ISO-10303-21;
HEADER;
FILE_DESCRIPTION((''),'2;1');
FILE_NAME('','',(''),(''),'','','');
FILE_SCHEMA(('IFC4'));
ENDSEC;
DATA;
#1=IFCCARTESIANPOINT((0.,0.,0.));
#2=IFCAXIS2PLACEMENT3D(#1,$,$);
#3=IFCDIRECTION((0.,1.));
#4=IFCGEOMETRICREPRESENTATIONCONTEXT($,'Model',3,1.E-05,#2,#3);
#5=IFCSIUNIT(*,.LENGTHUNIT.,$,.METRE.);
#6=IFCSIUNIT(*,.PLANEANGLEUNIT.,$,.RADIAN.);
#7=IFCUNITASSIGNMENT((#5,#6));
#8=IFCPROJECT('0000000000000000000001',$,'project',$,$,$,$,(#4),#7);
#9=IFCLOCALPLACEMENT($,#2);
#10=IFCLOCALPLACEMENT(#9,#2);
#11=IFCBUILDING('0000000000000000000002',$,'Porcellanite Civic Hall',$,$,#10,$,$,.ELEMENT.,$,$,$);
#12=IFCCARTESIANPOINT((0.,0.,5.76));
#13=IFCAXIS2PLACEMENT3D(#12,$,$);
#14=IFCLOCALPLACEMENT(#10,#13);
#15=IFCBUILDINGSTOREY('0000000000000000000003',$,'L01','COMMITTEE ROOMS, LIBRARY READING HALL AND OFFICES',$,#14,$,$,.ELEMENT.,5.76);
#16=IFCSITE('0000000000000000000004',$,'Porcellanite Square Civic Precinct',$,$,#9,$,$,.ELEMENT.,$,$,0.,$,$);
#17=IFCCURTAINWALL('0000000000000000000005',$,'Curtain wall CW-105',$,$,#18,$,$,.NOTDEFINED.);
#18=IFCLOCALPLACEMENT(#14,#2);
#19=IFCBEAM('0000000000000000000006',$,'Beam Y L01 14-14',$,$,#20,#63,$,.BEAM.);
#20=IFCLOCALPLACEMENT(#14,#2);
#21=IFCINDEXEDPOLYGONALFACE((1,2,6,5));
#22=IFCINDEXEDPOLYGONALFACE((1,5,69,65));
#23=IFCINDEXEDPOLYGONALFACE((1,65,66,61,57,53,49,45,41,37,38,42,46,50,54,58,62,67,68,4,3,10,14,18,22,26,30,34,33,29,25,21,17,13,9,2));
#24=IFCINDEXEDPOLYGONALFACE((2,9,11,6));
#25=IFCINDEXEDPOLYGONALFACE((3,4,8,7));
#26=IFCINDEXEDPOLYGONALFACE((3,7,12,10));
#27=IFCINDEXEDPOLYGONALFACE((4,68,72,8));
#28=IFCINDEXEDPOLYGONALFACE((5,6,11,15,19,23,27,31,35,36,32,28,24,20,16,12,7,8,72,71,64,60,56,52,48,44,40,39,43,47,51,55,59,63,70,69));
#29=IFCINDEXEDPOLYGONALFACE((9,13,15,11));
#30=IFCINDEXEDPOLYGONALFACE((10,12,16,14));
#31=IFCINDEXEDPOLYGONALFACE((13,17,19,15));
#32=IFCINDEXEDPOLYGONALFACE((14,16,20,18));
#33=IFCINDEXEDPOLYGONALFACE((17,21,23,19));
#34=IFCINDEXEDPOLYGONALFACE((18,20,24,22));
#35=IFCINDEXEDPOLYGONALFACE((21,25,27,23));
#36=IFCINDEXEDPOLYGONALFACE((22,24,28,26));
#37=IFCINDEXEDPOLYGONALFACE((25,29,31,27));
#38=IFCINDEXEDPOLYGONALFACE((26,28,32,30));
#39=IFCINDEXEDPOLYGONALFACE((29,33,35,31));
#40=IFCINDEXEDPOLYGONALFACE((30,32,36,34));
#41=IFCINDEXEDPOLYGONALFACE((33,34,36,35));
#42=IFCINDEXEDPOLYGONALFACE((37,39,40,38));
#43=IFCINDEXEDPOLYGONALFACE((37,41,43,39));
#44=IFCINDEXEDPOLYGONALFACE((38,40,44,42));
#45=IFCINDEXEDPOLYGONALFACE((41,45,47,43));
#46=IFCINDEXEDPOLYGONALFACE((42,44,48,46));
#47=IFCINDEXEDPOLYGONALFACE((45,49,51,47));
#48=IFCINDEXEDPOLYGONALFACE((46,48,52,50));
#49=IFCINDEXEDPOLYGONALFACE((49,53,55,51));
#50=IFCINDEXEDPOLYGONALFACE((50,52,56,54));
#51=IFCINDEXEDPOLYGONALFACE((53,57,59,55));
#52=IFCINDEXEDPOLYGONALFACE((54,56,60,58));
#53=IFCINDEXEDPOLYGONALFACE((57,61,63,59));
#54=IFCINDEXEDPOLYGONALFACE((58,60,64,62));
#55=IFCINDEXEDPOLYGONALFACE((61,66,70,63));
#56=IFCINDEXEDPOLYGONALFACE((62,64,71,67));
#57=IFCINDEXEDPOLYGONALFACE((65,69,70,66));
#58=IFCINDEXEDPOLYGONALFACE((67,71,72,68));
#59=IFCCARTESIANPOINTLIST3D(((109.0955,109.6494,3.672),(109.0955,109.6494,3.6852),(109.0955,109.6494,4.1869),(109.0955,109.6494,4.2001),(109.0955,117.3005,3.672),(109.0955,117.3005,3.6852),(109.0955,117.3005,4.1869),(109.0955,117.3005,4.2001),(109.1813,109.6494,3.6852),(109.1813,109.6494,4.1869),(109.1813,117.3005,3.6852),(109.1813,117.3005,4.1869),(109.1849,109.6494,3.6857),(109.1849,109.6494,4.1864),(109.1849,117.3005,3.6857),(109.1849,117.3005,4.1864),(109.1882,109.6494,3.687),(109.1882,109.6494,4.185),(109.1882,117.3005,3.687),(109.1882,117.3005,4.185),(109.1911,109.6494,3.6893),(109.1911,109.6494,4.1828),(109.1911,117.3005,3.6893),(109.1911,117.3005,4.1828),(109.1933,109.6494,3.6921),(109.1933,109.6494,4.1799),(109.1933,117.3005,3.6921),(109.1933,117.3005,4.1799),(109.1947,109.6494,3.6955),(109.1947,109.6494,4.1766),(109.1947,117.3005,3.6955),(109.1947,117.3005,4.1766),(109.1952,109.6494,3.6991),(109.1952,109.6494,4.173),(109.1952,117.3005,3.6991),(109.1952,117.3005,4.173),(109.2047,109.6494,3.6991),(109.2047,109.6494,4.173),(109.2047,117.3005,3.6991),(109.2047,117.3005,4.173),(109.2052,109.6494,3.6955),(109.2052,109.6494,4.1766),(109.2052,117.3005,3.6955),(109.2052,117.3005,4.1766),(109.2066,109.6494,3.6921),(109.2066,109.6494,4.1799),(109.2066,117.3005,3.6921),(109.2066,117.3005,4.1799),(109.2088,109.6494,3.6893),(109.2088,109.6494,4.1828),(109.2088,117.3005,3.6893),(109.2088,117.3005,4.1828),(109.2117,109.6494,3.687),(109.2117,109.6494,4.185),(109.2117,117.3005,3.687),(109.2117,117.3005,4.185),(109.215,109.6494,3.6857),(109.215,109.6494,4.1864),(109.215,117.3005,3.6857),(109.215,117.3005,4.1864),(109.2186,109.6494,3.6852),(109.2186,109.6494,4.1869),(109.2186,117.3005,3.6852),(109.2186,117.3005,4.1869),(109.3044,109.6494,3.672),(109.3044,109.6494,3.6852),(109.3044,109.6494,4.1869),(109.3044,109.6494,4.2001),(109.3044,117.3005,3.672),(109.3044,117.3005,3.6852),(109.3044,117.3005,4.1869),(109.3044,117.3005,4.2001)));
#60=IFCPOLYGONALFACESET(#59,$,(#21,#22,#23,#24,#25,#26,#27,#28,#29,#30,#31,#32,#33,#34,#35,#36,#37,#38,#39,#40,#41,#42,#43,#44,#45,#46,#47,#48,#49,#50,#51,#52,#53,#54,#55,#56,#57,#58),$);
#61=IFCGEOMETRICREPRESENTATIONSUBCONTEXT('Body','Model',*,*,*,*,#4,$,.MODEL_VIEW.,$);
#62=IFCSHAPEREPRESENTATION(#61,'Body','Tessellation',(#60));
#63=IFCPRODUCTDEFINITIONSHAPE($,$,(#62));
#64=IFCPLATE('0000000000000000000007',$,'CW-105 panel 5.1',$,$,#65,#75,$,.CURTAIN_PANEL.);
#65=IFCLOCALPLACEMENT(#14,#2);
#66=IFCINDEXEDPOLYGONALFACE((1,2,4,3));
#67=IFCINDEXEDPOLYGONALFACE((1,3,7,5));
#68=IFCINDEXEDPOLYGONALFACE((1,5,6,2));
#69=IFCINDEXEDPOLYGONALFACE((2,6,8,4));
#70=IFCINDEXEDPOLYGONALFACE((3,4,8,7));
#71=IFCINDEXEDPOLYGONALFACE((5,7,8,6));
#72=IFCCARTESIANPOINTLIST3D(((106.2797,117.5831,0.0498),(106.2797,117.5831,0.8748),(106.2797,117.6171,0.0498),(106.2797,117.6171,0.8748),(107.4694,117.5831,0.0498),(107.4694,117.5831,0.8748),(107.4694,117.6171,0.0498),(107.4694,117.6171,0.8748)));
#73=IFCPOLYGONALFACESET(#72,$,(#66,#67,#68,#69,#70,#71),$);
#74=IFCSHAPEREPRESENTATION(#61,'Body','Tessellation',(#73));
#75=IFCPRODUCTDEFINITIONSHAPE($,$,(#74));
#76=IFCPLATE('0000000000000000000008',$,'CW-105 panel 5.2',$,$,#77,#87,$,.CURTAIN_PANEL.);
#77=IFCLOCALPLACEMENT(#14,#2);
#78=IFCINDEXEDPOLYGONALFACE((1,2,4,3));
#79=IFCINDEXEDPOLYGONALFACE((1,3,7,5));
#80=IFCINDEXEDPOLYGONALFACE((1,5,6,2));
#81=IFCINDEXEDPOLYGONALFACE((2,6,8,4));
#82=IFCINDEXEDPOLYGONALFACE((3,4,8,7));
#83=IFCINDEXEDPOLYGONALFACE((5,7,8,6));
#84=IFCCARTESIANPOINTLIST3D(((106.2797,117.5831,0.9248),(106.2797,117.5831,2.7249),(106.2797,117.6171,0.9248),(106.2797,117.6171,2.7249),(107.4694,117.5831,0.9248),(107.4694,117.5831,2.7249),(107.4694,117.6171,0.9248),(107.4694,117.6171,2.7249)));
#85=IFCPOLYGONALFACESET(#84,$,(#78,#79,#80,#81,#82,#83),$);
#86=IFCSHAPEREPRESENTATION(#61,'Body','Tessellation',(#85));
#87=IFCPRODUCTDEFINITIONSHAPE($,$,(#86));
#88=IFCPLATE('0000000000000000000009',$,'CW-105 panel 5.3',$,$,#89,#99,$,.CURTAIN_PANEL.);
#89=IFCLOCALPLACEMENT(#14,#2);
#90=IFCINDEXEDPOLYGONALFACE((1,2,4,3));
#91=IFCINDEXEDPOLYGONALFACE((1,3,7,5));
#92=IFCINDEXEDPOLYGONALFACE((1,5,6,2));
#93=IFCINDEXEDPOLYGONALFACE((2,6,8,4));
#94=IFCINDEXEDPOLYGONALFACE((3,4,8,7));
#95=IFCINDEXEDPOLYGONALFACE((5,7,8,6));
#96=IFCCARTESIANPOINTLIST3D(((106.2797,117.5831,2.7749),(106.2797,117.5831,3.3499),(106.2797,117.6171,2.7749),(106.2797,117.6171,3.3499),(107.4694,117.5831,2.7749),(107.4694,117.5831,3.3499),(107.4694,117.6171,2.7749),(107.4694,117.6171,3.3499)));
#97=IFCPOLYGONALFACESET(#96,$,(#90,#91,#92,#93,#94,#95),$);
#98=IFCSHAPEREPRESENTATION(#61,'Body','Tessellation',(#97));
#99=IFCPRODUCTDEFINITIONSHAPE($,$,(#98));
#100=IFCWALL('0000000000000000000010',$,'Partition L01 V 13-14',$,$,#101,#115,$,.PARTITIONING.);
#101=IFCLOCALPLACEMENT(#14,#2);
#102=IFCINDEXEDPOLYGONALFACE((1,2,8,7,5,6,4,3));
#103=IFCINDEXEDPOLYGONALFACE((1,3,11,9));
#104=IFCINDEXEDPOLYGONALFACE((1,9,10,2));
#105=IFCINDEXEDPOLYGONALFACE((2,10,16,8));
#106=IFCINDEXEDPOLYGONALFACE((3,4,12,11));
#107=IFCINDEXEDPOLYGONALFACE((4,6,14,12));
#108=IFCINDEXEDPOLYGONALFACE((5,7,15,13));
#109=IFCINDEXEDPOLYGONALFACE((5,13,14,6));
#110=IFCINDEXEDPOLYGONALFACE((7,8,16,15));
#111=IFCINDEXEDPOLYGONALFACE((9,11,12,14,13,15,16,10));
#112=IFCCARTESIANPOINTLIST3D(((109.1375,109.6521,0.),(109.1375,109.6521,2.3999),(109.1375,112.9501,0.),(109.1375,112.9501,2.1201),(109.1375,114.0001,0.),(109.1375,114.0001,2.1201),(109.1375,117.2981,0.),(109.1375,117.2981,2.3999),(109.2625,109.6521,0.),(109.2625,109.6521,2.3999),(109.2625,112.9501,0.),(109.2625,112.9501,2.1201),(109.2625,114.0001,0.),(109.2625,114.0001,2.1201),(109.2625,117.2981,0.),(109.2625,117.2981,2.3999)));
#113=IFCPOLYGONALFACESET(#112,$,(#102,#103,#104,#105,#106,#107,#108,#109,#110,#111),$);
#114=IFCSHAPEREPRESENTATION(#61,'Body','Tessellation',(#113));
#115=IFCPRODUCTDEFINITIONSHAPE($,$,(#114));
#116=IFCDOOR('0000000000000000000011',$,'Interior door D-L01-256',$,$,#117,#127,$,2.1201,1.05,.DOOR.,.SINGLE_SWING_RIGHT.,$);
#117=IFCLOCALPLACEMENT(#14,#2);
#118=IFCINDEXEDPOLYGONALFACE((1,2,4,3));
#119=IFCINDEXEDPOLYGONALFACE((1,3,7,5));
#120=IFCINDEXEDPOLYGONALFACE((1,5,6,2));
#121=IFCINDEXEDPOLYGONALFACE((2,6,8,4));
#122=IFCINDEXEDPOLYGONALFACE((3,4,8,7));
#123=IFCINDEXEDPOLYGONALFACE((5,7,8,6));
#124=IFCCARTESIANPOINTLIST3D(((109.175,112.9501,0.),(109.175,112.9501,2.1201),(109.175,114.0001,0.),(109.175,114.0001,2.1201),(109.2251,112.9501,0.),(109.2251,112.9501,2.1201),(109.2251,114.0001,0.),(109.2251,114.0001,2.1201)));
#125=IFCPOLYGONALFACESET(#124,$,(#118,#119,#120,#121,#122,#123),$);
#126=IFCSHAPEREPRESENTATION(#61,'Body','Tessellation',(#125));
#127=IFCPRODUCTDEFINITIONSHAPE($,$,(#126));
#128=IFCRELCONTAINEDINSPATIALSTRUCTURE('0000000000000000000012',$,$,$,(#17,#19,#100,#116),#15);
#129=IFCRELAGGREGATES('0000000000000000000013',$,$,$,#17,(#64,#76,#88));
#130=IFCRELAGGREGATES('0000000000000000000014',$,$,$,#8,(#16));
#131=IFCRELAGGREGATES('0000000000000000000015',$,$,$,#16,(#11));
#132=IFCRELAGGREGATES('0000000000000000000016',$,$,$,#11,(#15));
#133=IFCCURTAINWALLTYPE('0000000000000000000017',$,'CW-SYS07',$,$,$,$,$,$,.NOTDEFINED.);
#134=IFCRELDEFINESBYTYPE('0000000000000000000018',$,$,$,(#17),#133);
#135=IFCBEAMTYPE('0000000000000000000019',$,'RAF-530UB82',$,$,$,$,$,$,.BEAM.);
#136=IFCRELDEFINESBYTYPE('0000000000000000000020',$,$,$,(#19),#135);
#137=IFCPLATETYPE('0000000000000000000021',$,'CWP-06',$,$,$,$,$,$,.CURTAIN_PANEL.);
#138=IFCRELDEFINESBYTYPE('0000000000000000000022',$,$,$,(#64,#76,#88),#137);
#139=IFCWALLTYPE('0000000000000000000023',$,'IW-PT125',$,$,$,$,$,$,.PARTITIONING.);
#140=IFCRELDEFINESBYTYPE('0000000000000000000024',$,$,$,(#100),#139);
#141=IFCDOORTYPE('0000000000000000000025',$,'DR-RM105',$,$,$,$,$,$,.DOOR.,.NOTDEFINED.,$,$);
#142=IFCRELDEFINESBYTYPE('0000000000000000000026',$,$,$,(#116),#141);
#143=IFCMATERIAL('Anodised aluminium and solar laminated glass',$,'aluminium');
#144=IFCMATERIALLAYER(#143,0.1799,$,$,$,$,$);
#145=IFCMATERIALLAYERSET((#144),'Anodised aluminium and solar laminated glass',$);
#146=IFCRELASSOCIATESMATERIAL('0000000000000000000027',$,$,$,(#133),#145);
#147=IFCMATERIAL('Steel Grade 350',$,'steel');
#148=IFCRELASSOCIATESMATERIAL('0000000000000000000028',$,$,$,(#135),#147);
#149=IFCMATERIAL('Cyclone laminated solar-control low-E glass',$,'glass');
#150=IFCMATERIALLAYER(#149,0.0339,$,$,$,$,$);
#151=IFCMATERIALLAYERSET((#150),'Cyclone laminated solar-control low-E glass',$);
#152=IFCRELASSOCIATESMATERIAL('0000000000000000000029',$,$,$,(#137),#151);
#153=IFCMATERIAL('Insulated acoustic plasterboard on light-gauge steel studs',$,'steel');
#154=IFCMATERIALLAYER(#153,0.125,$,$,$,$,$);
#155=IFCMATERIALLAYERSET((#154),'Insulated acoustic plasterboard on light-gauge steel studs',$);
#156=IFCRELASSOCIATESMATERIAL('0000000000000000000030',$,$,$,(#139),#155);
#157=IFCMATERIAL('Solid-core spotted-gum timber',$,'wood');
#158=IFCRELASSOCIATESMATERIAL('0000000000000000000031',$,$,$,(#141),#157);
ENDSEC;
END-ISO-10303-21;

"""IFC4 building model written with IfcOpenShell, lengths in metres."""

from ifc_helpers import new_model, si_unit, direction, frame, frame_2d, origin, origin_2d, place, context, subcontext, project, spatial, rectangle, i_section, extrude, material, layer, layer_set, material_profile, profile_set, type_object, element, fill, aggregate, save


model = new_model("IFC4")

# Units and contexts
model_context = context("Model", 3, precision=1e-05, world=origin(), true_north=direction((0.0, 1.0)))
body_context = subcontext(model_context, "Body", "Model", "MODEL_VIEW")
ifc_project = project(units=[si_unit("LENGTHUNIT", "METRE"), si_unit("PLANEANGLEUNIT", "RADIAN")], contexts=[model_context])

# Site, building, storey
site_placement = place(None, origin())
site = spatial("IfcSite", under=ifc_project, at=site_placement, Name="Porcellanite Square Civic Precinct", CompositionType="ELEMENT", RefElevation=0.0)
building_placement = place(site_placement, origin())
building = spatial("IfcBuilding", under=site, at=building_placement, Name="Porcellanite Civic Hall", CompositionType="ELEMENT")
storey_placement = place(building_placement, frame((0.0, 0.0, 5.76)))
storey = spatial("IfcBuildingStorey", under=building, at=storey_placement, Name="L01", Description="COMMITTEE ROOMS, LIBRARY READING HALL AND OFFICES", CompositionType="ELEMENT", Elevation=5.76)

# Curtain wall
ifc_material_1 = material(Name="Anodised aluminium and solar laminated glass", Category="aluminium")
ifc_layer_1 = layer(ifc_material_1, 0.1799)
ifc_layer_set_1 = layer_set([ifc_layer_1], Name="Anodised aluminium and solar laminated glass")
curtain_wall_type = type_object("IfcCurtainWallType", Name="CW-SYS07", PredefinedType="NOTDEFINED", material=ifc_layer_set_1)
curtain_wall_placement = place(storey_placement, origin())
curtain_wall = element("IfcCurtainWall", 1, at=curtain_wall_placement, inside=storey, type_object=curtain_wall_type, Name="Curtain wall CW-105", PredefinedType="NOTDEFINED")

# Beam
ifc_material_2 = material(Name="Steel Grade 350", Category="steel")
ifc_material_profile_1 = material_profile(ifc_material_2, i_section(OverallWidth=0.209, OverallDepth=0.5281, WebThickness=0.0095, FlangeThickness=0.0132, FilletRadius=0.0139, at=origin_2d()), Name="530UB82.0")
ifc_profile_set_1 = profile_set([ifc_material_profile_1], Name="Steel Grade 350")
beam_type_1 = type_object("IfcBeamType", Name="RAF-530UB82", PredefinedType="BEAM", material=ifc_profile_set_1)
beam_1_placement = place(storey_placement, frame((109.2, 109.6494, 3.936), z_axis=(0.0, 1.0, 0.0), x_axis=(-1.0, 0.0, 0.0)))
element("IfcBeam", 2, at=beam_1_placement, inside=storey, type_object=beam_type_1, Name="Beam Y L01 14-14", PredefinedType="BEAM", context=body_context, shape_type="SweptSolid", body=[
    extrude(i_section(OverallWidth=0.209, OverallDepth=0.5281, WebThickness=0.0095, FlangeThickness=0.0132, FilletRadius=0.0139, at=origin_2d()), origin(), (0.0, 0.0, 1.0), 7.6511),
])

# Plates
ifc_material_3 = material(Name="Cyclone laminated solar-control low-E glass", Category="glass")
ifc_layer_2 = layer(ifc_material_3, 0.0339)
ifc_layer_set_2 = layer_set([ifc_layer_2], Name="Cyclone laminated solar-control low-E glass")
plate_type = type_object("IfcPlateType", Name="CWP-06", PredefinedType="CURTAIN_PANEL", material=ifc_layer_set_2)
plate_1_placement = place(storey_placement, frame((106.8745, 117.6001, 0.0498), z_axis=(0.0, 0.0, 1.0), x_axis=(1.0, 0.0, 0.0)))
plate_1 = element("IfcPlate", 3, at=plate_1_placement, type_object=plate_type, Name="CW-105 panel 5.1", PredefinedType="CURTAIN_PANEL", context=body_context, shape_type="SweptSolid", body=[
    extrude(rectangle(XDim=1.1897, YDim=0.0339, at=origin_2d()), origin(), (0.0, 0.0, 1.0), 0.825),
])
plate_2_placement = place(storey_placement, frame((106.8745, 117.6001, 0.9248), z_axis=(0.0, 0.0, 1.0), x_axis=(1.0, 0.0, 0.0)))
plate_2 = element("IfcPlate", 4, at=plate_2_placement, type_object=plate_type, Name="CW-105 panel 5.2", PredefinedType="CURTAIN_PANEL", context=body_context, shape_type="SweptSolid", body=[
    extrude(rectangle(XDim=1.1897, YDim=0.0339, at=origin_2d()), origin(), (0.0, 0.0, 1.0), 1.8),
])
plate_3_placement = place(storey_placement, frame((106.8745, 117.6001, 2.7749), z_axis=(0.0, 0.0, 1.0), x_axis=(1.0, 0.0, 0.0)))
plate_3 = element("IfcPlate", 5, at=plate_3_placement, type_object=plate_type, Name="CW-105 panel 5.3", PredefinedType="CURTAIN_PANEL", context=body_context, shape_type="SweptSolid", body=[
    extrude(rectangle(XDim=1.1897, YDim=0.0339, at=origin_2d()), origin(), (0.0, 0.0, 1.0), 0.575),
])
aggregate(curtain_wall, [plate_1, plate_2, plate_3])

# Wall, opening, door
ifc_material_4 = material(Name="Insulated acoustic plasterboard on light-gauge steel studs", Category="steel")
ifc_layer_3 = layer(ifc_material_4, 0.125)
ifc_layer_set_3 = layer_set([ifc_layer_3], Name="Insulated acoustic plasterboard on light-gauge steel studs")
wall_type_1 = type_object("IfcWallType", Name="IW-PT125", PredefinedType="PARTITIONING", material=ifc_layer_set_3)
wall_1_placement = place(storey_placement, frame((109.2, 109.6521, 0.0), z_axis=(0.0, 0.0, 1.0), x_axis=(0.0, 1.0, 0.0)))
wall_1 = element("IfcWall", 6, at=wall_1_placement, inside=storey, type_object=wall_type_1, Name="Partition L01 V 13-14", PredefinedType="PARTITIONING", context=body_context, shape_type="SweptSolid", body=[
    extrude(rectangle(XDim=7.646, YDim=0.125, at=frame_2d((3.823, 0.0))), origin(), (0.0, 0.0, 1.0), 2.3999),
])
opening_1_placement = place(wall_1_placement, frame((3.2981, 0.0, 0.0)))
opening_1 = element("IfcOpeningElement", 7, at=opening_1_placement, cuts=wall_1, PredefinedType="OPENING", context=body_context, shape_type="SweptSolid", body=[
    extrude(rectangle(XDim=1.05, YDim=2.1201, at=frame_2d((0.5249, 1.0601))), frame((0.0, 0.0625, 0.0), z_axis=(0.0, -1.0, 0.0), x_axis=(1.0, 0.0, 0.0)), (0.0, 0.0, 1.0), 0.125),
])
ifc_material_5 = material(Name="Solid-core spotted-gum timber", Category="wood")
door_type_1 = type_object("IfcDoorType", Name="DR-RM105", OperationType="NOTDEFINED", PredefinedType="DOOR", material=ifc_material_5)
door_1_placement = place(opening_1_placement, origin())
door_1 = element("IfcDoor", 8, at=door_1_placement, inside=storey, type_object=door_type_1, Name="Interior door D-L01-256", OperationType="SINGLE_SWING_RIGHT", OverallHeight=2.1201, OverallWidth=1.05, PredefinedType="DOOR", context=body_context, shape_type="SweptSolid", body=[
    extrude(rectangle(XDim=1.05, YDim=2.1201, at=frame_2d((0.5249, 1.0601))), frame((0.0, 0.0249, 0.0), z_axis=(0.0, -1.0, 0.0), x_axis=(1.0, 0.0, 0.0)), (0.0, 0.0, 1.0), 0.05),
])
fill(opening_1, door_1)

save(model, "model.ifc")
